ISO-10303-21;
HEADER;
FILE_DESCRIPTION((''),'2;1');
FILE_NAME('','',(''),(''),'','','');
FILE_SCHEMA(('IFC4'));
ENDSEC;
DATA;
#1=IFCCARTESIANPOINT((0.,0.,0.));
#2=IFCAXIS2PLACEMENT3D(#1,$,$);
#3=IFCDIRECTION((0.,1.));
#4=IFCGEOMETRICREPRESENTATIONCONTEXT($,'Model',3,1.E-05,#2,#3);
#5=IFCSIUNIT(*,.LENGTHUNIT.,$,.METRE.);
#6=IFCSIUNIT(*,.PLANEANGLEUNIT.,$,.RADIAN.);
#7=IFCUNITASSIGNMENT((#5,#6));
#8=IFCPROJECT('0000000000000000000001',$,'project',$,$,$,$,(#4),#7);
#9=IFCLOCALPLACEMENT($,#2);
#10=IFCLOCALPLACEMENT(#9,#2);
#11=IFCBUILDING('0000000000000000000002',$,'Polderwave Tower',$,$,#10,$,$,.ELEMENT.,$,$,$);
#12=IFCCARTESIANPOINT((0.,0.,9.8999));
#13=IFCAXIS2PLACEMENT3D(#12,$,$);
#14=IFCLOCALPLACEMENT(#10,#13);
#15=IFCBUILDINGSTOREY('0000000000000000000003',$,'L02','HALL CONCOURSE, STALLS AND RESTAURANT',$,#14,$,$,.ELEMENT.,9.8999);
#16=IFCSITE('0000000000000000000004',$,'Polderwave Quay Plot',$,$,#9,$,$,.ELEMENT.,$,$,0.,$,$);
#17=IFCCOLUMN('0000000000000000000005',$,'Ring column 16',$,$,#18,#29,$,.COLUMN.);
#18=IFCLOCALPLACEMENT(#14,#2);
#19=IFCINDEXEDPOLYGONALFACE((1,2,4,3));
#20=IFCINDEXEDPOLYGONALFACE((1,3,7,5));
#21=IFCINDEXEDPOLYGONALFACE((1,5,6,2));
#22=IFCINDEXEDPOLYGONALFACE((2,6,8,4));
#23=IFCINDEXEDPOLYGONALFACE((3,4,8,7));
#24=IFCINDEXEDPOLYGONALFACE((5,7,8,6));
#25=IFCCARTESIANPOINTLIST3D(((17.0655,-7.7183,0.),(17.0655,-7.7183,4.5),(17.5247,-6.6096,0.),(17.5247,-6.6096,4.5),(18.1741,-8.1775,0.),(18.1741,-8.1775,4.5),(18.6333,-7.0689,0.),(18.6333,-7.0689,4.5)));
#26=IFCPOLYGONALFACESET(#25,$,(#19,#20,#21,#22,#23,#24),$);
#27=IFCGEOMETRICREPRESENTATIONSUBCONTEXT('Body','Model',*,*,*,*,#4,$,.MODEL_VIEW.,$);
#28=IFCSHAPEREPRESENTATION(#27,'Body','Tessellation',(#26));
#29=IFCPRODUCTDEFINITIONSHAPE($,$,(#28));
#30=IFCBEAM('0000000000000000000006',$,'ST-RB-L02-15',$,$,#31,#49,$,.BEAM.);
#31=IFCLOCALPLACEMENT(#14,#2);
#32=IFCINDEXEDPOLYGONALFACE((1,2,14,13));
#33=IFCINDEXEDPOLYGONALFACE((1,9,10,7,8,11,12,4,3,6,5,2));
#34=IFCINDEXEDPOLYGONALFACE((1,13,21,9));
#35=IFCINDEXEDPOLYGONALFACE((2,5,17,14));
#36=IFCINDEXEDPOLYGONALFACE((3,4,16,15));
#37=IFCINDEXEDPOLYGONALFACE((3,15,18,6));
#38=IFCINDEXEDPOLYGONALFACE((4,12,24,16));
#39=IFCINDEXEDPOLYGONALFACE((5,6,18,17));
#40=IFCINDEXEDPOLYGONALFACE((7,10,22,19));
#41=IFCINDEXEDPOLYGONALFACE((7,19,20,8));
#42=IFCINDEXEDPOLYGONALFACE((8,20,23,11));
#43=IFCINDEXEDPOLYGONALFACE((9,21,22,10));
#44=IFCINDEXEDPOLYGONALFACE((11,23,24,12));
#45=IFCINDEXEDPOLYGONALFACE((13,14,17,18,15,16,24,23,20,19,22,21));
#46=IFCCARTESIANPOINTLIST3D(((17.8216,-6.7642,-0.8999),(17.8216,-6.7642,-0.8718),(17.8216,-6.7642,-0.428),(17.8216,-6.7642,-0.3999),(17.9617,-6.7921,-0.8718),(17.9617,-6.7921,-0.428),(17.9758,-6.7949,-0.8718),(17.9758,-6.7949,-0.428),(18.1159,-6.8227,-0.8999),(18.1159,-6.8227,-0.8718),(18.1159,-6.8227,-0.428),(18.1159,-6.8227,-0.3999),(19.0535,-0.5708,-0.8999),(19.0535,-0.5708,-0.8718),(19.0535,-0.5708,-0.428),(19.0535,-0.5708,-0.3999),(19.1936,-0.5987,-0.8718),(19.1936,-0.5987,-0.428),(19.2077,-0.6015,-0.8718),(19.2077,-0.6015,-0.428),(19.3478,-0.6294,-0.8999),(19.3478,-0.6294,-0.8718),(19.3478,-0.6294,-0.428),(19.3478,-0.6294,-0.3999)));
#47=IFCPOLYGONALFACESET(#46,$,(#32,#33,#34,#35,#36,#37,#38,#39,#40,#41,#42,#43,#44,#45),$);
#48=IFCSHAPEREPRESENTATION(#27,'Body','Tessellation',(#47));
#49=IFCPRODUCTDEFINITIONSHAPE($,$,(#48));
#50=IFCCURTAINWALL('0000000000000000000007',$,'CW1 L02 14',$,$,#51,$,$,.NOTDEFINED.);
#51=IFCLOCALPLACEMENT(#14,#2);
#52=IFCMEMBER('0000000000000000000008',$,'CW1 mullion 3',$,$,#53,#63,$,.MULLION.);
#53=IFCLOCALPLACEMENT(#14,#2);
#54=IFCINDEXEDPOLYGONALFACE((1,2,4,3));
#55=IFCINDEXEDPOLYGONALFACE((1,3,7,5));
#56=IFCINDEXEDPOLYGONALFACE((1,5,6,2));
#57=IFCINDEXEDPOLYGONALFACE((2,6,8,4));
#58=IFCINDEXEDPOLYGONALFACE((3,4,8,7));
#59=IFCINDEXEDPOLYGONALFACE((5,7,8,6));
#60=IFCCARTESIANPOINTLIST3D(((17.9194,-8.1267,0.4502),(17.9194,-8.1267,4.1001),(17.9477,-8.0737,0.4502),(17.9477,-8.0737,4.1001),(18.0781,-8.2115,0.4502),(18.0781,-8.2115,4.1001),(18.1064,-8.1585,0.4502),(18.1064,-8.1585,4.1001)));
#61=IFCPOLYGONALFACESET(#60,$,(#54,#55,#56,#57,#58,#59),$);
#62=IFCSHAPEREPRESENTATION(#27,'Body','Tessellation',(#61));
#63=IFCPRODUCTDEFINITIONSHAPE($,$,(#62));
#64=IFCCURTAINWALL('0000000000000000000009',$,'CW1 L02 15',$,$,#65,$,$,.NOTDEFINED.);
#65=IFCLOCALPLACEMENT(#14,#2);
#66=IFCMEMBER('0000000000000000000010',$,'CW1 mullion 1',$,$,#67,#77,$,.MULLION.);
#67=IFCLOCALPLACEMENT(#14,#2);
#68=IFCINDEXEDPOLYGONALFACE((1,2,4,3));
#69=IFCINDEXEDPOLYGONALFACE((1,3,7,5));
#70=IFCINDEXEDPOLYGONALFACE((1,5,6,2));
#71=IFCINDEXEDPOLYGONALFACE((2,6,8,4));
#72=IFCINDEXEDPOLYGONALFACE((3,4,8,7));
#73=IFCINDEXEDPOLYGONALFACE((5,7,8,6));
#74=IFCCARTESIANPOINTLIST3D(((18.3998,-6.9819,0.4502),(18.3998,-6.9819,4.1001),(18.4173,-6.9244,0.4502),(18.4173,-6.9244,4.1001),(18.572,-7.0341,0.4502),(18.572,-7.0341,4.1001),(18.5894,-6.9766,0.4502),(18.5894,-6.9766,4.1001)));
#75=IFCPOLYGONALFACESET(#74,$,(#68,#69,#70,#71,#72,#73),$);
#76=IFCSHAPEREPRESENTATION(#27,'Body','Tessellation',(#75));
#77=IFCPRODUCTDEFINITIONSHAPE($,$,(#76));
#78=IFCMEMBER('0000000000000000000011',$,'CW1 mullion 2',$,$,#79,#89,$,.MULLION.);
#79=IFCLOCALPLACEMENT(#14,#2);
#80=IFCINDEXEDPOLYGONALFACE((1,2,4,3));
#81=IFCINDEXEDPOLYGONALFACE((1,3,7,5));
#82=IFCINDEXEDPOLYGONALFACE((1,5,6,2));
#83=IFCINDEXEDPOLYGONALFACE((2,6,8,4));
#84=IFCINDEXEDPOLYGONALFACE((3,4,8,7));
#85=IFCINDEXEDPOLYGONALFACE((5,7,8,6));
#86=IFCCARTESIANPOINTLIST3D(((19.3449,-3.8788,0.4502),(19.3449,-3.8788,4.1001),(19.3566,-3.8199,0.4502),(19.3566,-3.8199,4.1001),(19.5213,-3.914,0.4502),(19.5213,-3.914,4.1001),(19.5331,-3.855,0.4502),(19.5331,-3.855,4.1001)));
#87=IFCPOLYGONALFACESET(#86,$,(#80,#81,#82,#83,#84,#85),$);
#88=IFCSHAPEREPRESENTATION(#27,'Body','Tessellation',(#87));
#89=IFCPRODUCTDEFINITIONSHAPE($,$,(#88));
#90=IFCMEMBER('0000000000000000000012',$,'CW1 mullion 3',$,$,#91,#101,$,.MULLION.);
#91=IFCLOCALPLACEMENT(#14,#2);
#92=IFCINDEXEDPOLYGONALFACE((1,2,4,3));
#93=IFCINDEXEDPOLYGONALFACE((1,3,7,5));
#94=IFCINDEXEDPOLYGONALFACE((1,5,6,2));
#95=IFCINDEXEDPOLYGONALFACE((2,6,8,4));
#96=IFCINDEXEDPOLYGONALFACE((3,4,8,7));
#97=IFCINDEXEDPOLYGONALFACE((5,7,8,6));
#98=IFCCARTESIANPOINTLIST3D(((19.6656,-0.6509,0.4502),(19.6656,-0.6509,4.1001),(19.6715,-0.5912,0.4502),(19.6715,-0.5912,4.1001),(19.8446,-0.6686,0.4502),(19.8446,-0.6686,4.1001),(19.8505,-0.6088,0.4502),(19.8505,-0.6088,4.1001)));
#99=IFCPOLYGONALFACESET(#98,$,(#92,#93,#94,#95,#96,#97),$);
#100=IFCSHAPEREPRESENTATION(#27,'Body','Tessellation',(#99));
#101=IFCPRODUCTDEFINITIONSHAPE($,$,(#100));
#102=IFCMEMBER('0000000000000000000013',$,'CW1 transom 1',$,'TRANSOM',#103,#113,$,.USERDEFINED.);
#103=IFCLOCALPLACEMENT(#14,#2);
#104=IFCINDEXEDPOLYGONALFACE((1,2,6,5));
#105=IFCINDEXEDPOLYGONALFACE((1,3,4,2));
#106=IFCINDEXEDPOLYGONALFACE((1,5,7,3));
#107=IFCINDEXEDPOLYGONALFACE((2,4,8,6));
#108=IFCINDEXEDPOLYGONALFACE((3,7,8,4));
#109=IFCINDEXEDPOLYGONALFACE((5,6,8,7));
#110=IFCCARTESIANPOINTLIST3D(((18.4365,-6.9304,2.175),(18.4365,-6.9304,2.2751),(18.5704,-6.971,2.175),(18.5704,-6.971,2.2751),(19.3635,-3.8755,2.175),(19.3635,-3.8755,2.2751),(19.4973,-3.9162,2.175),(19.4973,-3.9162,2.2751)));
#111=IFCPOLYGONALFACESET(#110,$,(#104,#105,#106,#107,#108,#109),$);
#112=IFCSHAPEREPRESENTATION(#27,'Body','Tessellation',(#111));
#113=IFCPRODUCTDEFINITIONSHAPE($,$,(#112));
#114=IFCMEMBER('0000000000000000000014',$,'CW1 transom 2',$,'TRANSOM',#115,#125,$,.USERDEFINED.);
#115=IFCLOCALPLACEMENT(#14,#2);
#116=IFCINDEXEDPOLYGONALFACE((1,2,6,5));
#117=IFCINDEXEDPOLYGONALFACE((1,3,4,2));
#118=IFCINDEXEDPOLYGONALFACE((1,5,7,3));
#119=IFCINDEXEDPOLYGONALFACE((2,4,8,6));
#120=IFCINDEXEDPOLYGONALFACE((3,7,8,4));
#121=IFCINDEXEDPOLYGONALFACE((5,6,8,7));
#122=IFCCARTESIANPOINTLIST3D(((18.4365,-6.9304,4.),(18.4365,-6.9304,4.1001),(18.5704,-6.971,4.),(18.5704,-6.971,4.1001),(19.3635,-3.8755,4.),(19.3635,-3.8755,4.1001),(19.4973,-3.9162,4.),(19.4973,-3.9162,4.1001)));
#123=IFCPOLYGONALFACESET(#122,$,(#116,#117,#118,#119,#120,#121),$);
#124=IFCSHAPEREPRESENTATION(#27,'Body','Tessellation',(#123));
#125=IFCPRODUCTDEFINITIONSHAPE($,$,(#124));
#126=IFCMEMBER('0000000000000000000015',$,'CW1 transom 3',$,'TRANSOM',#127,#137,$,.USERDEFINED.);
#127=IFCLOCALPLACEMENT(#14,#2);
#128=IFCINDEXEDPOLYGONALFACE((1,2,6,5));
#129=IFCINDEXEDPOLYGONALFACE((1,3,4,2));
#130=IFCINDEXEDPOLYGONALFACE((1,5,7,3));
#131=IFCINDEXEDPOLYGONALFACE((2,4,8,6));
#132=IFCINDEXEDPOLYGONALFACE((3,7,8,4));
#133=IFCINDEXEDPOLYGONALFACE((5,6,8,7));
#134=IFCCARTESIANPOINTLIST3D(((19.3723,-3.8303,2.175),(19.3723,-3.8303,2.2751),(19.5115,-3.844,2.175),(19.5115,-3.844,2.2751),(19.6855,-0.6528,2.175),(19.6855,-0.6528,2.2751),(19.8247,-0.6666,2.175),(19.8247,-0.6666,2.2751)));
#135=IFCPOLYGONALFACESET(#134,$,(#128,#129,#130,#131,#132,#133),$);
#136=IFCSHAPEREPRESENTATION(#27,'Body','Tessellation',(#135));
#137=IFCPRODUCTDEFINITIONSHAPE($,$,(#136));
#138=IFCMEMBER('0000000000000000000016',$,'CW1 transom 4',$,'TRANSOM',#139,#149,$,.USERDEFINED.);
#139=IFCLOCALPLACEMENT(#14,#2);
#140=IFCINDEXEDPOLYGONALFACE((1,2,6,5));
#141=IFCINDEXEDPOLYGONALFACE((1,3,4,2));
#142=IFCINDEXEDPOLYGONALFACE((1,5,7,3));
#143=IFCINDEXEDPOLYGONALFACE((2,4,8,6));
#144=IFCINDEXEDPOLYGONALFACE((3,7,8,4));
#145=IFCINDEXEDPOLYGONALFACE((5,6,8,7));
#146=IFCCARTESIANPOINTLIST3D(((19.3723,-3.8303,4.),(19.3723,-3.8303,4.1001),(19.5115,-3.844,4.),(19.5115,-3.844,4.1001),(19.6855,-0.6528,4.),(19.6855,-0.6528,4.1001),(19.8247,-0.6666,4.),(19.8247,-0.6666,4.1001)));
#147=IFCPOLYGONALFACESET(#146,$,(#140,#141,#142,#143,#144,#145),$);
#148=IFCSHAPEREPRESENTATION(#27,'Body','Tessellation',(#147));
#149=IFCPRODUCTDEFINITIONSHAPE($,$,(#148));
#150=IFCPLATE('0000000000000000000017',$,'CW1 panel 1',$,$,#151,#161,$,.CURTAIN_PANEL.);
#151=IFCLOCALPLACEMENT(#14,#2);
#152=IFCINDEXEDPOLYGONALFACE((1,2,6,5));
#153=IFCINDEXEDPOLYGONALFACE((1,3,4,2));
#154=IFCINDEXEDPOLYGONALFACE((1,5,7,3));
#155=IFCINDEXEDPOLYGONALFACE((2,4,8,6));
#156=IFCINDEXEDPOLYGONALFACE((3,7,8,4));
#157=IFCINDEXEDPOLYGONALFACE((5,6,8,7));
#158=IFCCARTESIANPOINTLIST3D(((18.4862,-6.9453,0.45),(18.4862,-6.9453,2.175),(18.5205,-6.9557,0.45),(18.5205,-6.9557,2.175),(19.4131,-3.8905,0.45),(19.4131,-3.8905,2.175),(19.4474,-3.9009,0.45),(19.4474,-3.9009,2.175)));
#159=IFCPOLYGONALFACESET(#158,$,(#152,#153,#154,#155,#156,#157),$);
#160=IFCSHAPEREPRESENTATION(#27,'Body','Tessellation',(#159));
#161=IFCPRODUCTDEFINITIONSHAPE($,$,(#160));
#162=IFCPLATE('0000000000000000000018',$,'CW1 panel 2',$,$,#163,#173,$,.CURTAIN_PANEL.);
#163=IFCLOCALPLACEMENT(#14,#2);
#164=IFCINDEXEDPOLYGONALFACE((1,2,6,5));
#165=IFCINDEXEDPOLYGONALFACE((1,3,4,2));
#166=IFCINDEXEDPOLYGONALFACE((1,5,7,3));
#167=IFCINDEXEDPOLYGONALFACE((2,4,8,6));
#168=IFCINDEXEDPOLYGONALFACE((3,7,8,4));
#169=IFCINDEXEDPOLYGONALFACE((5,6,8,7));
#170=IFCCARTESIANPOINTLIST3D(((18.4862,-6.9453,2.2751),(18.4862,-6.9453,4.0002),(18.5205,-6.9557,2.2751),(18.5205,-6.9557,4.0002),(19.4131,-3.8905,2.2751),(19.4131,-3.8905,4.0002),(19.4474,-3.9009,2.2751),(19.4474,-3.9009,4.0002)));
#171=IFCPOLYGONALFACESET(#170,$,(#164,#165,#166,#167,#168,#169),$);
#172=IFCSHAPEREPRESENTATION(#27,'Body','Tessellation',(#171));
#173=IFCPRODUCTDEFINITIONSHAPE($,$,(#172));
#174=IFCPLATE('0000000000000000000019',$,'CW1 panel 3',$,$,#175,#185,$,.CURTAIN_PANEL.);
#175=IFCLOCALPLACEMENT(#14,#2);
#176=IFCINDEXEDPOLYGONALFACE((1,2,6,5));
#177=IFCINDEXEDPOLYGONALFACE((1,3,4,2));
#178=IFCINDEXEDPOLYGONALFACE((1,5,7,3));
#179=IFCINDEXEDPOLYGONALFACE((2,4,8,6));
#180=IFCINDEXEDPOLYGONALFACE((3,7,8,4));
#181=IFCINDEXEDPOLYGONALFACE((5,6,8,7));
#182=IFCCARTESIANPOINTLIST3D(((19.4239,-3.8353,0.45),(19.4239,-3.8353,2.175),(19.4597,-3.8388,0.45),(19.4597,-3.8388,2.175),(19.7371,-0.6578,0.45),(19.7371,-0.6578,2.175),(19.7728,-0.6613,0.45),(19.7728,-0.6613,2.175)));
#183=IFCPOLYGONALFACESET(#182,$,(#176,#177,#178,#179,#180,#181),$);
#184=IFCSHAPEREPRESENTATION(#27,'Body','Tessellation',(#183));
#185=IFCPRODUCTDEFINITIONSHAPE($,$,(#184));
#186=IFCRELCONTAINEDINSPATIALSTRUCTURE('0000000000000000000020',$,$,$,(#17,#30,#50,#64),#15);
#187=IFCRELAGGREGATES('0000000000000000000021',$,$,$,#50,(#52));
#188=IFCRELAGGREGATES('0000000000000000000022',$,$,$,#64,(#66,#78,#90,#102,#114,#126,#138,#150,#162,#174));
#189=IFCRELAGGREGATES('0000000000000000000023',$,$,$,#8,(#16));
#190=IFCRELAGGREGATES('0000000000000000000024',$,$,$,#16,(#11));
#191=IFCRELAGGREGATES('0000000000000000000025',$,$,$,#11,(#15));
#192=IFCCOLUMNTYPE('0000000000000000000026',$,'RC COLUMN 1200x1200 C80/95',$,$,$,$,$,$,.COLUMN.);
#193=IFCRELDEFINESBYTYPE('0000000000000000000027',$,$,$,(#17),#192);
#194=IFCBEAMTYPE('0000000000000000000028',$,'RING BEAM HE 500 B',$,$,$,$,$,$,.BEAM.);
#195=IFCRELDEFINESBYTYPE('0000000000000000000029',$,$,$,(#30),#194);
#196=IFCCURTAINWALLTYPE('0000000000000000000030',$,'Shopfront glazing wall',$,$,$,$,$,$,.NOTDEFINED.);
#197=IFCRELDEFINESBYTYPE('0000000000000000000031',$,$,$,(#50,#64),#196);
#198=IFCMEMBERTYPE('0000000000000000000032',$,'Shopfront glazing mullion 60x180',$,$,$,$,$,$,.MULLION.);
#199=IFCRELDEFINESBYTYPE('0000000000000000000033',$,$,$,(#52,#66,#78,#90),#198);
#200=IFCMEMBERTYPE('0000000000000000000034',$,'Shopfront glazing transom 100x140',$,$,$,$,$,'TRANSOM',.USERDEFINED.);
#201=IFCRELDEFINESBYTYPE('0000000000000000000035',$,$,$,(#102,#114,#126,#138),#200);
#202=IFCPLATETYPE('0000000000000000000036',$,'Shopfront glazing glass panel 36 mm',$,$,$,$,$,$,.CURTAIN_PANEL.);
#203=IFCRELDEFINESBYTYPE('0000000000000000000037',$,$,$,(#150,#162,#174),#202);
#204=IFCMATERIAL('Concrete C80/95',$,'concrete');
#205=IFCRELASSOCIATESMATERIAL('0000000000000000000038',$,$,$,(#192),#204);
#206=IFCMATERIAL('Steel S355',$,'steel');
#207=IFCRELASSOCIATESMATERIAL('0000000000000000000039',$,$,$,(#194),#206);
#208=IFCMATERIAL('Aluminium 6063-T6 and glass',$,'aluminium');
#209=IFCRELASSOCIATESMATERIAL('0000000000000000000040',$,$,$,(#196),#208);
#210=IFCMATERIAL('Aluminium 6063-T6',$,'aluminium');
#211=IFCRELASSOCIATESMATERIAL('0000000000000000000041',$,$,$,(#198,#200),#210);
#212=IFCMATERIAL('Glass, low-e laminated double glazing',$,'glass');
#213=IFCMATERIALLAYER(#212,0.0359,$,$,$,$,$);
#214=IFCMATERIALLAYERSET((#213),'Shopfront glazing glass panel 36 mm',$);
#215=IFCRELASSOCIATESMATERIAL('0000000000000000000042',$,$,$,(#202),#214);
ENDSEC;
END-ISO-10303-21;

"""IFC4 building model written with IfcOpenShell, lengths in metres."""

from ifc_helpers import new_model, si_unit, direction, frame, origin, origin_2d, place, context, subcontext, project, spatial, rectangle, i_section, extrude, material, layer, layer_set, material_profile, profile_set, type_object, element, aggregate, save


model = new_model("IFC4")

# Units and contexts
model_context = context("Model", 3, precision=1e-05, world=origin(), true_north=direction((0.0, 1.0)))
body_context = subcontext(model_context, "Body", "Model", "MODEL_VIEW")
ifc_project = project(units=[si_unit("LENGTHUNIT", "METRE"), si_unit("PLANEANGLEUNIT", "RADIAN")], contexts=[model_context])

# Site, building, storey
site_placement = place(None, origin())
site = spatial("IfcSite", under=ifc_project, at=site_placement, Name="Polderwave Quay Plot", CompositionType="ELEMENT", RefElevation=0.0)
building_placement = place(site_placement, origin())
building = spatial("IfcBuilding", under=site, at=building_placement, Name="Polderwave Tower", CompositionType="ELEMENT")
storey_placement = place(building_placement, frame((0.0, 0.0, 9.8999)))
storey = spatial("IfcBuildingStorey", under=building, at=storey_placement, Name="L02", Description="HALL CONCOURSE, STALLS AND RESTAURANT", CompositionType="ELEMENT", Elevation=9.8999)

# Column
ifc_material_1 = material(Name="Concrete C80/95", Category="concrete")
ifc_material_profile_1 = material_profile(ifc_material_1, rectangle(XDim=1.2, YDim=1.2, at=origin_2d()), Name="RC 1200x1200")
ifc_profile_set_1 = profile_set([ifc_material_profile_1], Name="Concrete C80/95")
column_type = type_object("IfcColumnType", Name="RC COLUMN 1200x1200 C80/95", PredefinedType="COLUMN", material=ifc_profile_set_1)
column_placement = place(storey_placement, frame((17.8494, -7.3936, 0.0), z_axis=(0.0, 0.0, 1.0), x_axis=(0.92388, -0.382683, 0.0)))
element("IfcColumn", 1, at=column_placement, inside=storey, type_object=column_type, Name="Ring column 16", PredefinedType="COLUMN", context=body_context, shape_type="SweptSolid", body=[
    extrude(rectangle(XDim=1.2, YDim=1.2, at=origin_2d()), origin(), (0.0, 0.0, 1.0), 4.5),
])

# Beam
ifc_material_2 = material(Name="Steel S355", Category="steel")
ifc_material_profile_2 = material_profile(ifc_material_2, i_section(OverallWidth=0.3, OverallDepth=0.5, WebThickness=0.0144, FlangeThickness=0.0281, at=origin_2d()), Name="HE 500 B")
ifc_profile_set_2 = profile_set([ifc_material_profile_2], Name="Steel S355")
beam_type = type_object("IfcBeamType", Name="RING BEAM HE 500 B", PredefinedType="BEAM", material=ifc_profile_set_2)
beam_placement = place(storey_placement, frame((17.9688, -6.7935, -0.6499), z_axis=(0.19509, 0.980785, 0.0), x_axis=(-0.980785, 0.19509, 0.0)))
element("IfcBeam", 2, at=beam_placement, inside=storey, type_object=beam_type, Name="ST-RB-L02-15", PredefinedType="BEAM", context=body_context, shape_type="SweptSolid", body=[
    extrude(i_section(OverallWidth=0.3, OverallDepth=0.5, WebThickness=0.0144, FlangeThickness=0.0281, at=origin_2d()), origin(), (0.0, 0.0, 1.0), 6.3147),
])

# Curtain wall, member
ifc_material_3 = material(Name="Aluminium 6063-T6 and glass", Category="aluminium")
curtain_wall_type = type_object("IfcCurtainWallType", Name="Shopfront glazing wall", PredefinedType="NOTDEFINED", material=ifc_material_3)
curtain_wall_1_placement = place(storey_placement, origin())
curtain_wall_1 = element("IfcCurtainWall", 3, at=curtain_wall_1_placement, inside=storey, type_object=curtain_wall_type, Name="CW1 L02 14", PredefinedType="NOTDEFINED")
ifc_material_4 = material(Name="Aluminium 6063-T6", Category="aluminium")
ifc_material_profile_3 = material_profile(ifc_material_4, rectangle(XDim=0.1799, YDim=0.0601, at=origin_2d()), Name="AL 60x180")
ifc_profile_set_3 = profile_set([ifc_material_profile_3], Name="Aluminium 6063-T6")
member_type_1 = type_object("IfcMemberType", Name="Shopfront glazing mullion 60x180", PredefinedType="MULLION", material=ifc_profile_set_3)
member_1_placement = place(storey_placement, frame((18.0129, -8.1426, 0.4502), z_axis=(0.0, 0.0, 1.0), x_axis=(-0.881973, 0.4713, 0.0)))
member_1 = element("IfcMember", 4, at=member_1_placement, type_object=member_type_1, Name="CW1 mullion 3", PredefinedType="MULLION", context=body_context, shape_type="SweptSolid", body=[
    extrude(rectangle(XDim=0.1799, YDim=0.0601, at=origin_2d()), origin(), (0.0, 0.0, 1.0), 3.6499),
])
aggregate(curtain_wall_1, [member_1])

# Curtain wall, members, plates
curtain_wall_2_placement = place(storey_placement, origin())
curtain_wall_2 = element("IfcCurtainWall", 5, at=curtain_wall_2_placement, inside=storey, type_object=curtain_wall_type, Name="CW1 L02 15", PredefinedType="NOTDEFINED")
member_2_placement = place(storey_placement, frame((18.4946, -6.9792, 0.4502), z_axis=(0.0, 0.0, 1.0), x_axis=(-0.956925, 0.290336, 0.0)))
member_2 = element("IfcMember", 6, at=member_2_placement, type_object=member_type_1, Name="CW1 mullion 1", PredefinedType="MULLION", context=body_context, shape_type="SweptSolid", body=[
    extrude(rectangle(XDim=0.1799, YDim=0.0601, at=origin_2d()), origin(), (0.0, 0.0, 1.0), 3.6499),
])
member_3_placement = place(storey_placement, frame((19.439, -3.8669, 0.4502), z_axis=(0.0, 0.0, 1.0), x_axis=(-0.980773, 0.195152, 0.0)))
member_3 = element("IfcMember", 7, at=member_3_placement, type_object=member_type_1, Name="CW1 mullion 2", PredefinedType="MULLION", context=body_context, shape_type="SweptSolid", body=[
    extrude(rectangle(XDim=0.1799, YDim=0.0601, at=origin_2d()), origin(), (0.0, 0.0, 1.0), 3.6499),
])
member_4_placement = place(storey_placement, frame((19.7581, -0.6299, 0.4502), z_axis=(0.0, 0.0, 1.0), x_axis=(-0.995178, 0.098087, 0.0)))
member_4 = element("IfcMember", 8, at=member_4_placement, type_object=member_type_1, Name="CW1 mullion 3", PredefinedType="MULLION", context=body_context, shape_type="SweptSolid", body=[
    extrude(rectangle(XDim=0.1799, YDim=0.0601, at=origin_2d()), origin(), (0.0, 0.0, 1.0), 3.6499),
])
ifc_material_profile_4 = material_profile(ifc_material_4, rectangle(XDim=0.1399, YDim=0.1001, at=origin_2d()), Name="AL 100x140")
ifc_profile_set_4 = profile_set([ifc_material_profile_4], Name="Aluminium 6063-T6")
member_type_2 = type_object("IfcMemberType", Name="Shopfront glazing transom 100x140", ElementType="TRANSOM", PredefinedType="USERDEFINED", material=ifc_profile_set_4)
member_5_placement = place(storey_placement, frame((18.5034, -6.9507, 2.2251), z_axis=(0.29037, 0.956914, 0.0), x_axis=(-0.956914, 0.29037, 0.0)))
member_5 = element("IfcMember", 9, at=member_5_placement, type_object=member_type_2, Name="CW1 transom 1", ObjectType="TRANSOM", PredefinedType="USERDEFINED", context=body_context, shape_type="SweptSolid", body=[
    extrude(rectangle(XDim=0.1399, YDim=0.1001, at=origin_2d()), origin(), (0.0, 0.0, 1.0), 3.1924),
])
member_6_placement = place(storey_placement, frame((18.5034, -6.9507, 4.05), z_axis=(0.29037, 0.956914, 0.0), x_axis=(-0.956914, 0.29037, 0.0)))
member_6 = element("IfcMember", 10, at=member_6_placement, type_object=member_type_2, Name="CW1 transom 2", ObjectType="TRANSOM", PredefinedType="USERDEFINED", context=body_context, shape_type="SweptSolid", body=[
    extrude(rectangle(XDim=0.1399, YDim=0.1001, at=origin_2d()), origin(), (0.0, 0.0, 1.0), 3.1924),
])
member_7_placement = place(storey_placement, frame((19.4419, -3.8372, 2.2251), z_axis=(0.098103, 0.995176, 0.0), x_axis=(-0.995176, 0.098103, 0.0)))
member_7 = element("IfcMember", 11, at=member_7_placement, type_object=member_type_2, Name="CW1 transom 3", ObjectType="TRANSOM", PredefinedType="USERDEFINED", context=body_context, shape_type="SweptSolid", body=[
    extrude(rectangle(XDim=0.1399, YDim=0.1001, at=origin_2d()), origin(), (0.0, 0.0, 1.0), 3.1929),
])
member_8_placement = place(storey_placement, frame((19.4419, -3.8372, 4.05), z_axis=(0.098103, 0.995176, 0.0), x_axis=(-0.995176, 0.098103, 0.0)))
member_8 = element("IfcMember", 12, at=member_8_placement, type_object=member_type_2, Name="CW1 transom 4", ObjectType="TRANSOM", PredefinedType="USERDEFINED", context=body_context, shape_type="SweptSolid", body=[
    extrude(rectangle(XDim=0.1399, YDim=0.1001, at=origin_2d()), origin(), (0.0, 0.0, 1.0), 3.1929),
])
ifc_material_5 = material(Name="Glass, low-e laminated double glazing", Category="glass")
ifc_layer_1 = layer(ifc_material_5, 0.0359)
ifc_layer_set_1 = layer_set([ifc_layer_1], Name="Shopfront glazing glass panel 36 mm")
plate_type = type_object("IfcPlateType", Name="Shopfront glazing glass panel 36 mm", PredefinedType="CURTAIN_PANEL", material=ifc_layer_set_1)
plate_1_placement = place(storey_placement, frame((18.9668, -5.4231, 0.45), z_axis=(0.0, 0.0, 1.0), x_axis=(0.290336, 0.956925, 0.0)))
plate_1 = element("IfcPlate", 13, at=plate_1_placement, type_object=plate_type, Name="CW1 panel 1", PredefinedType="CURTAIN_PANEL", context=body_context, shape_type="SweptSolid", body=[
    extrude(rectangle(XDim=3.1924, YDim=0.0359, at=origin_2d()), origin(), (0.0, 0.0, 1.0), 1.7251),
])
plate_2_placement = place(storey_placement, frame((18.9668, -5.4231, 2.2751), z_axis=(0.0, 0.0, 1.0), x_axis=(0.290336, 0.956925, 0.0)))
plate_2 = element("IfcPlate", 14, at=plate_2_placement, type_object=plate_type, Name="CW1 panel 2", PredefinedType="CURTAIN_PANEL", context=body_context, shape_type="SweptSolid", body=[
    extrude(rectangle(XDim=3.1924, YDim=0.0359, at=origin_2d()), origin(), (0.0, 0.0, 1.0), 1.7251),
])
plate_3_placement = place(storey_placement, frame((19.5984, -2.2483, 0.45), z_axis=(0.0, 0.0, 1.0), x_axis=(0.098087, 0.995178, 0.0)))
plate_3 = element("IfcPlate", 15, at=plate_3_placement, type_object=plate_type, Name="CW1 panel 3", PredefinedType="CURTAIN_PANEL", context=body_context, shape_type="SweptSolid", body=[
    extrude(rectangle(XDim=3.1929, YDim=0.0359, at=origin_2d()), origin(), (0.0, 0.0, 1.0), 1.7251),
])
aggregate(curtain_wall_2, [member_2, member_3, member_4, member_5, member_6, member_7, member_8, plate_1, plate_2, plate_3])

save(model, "model.ifc")
